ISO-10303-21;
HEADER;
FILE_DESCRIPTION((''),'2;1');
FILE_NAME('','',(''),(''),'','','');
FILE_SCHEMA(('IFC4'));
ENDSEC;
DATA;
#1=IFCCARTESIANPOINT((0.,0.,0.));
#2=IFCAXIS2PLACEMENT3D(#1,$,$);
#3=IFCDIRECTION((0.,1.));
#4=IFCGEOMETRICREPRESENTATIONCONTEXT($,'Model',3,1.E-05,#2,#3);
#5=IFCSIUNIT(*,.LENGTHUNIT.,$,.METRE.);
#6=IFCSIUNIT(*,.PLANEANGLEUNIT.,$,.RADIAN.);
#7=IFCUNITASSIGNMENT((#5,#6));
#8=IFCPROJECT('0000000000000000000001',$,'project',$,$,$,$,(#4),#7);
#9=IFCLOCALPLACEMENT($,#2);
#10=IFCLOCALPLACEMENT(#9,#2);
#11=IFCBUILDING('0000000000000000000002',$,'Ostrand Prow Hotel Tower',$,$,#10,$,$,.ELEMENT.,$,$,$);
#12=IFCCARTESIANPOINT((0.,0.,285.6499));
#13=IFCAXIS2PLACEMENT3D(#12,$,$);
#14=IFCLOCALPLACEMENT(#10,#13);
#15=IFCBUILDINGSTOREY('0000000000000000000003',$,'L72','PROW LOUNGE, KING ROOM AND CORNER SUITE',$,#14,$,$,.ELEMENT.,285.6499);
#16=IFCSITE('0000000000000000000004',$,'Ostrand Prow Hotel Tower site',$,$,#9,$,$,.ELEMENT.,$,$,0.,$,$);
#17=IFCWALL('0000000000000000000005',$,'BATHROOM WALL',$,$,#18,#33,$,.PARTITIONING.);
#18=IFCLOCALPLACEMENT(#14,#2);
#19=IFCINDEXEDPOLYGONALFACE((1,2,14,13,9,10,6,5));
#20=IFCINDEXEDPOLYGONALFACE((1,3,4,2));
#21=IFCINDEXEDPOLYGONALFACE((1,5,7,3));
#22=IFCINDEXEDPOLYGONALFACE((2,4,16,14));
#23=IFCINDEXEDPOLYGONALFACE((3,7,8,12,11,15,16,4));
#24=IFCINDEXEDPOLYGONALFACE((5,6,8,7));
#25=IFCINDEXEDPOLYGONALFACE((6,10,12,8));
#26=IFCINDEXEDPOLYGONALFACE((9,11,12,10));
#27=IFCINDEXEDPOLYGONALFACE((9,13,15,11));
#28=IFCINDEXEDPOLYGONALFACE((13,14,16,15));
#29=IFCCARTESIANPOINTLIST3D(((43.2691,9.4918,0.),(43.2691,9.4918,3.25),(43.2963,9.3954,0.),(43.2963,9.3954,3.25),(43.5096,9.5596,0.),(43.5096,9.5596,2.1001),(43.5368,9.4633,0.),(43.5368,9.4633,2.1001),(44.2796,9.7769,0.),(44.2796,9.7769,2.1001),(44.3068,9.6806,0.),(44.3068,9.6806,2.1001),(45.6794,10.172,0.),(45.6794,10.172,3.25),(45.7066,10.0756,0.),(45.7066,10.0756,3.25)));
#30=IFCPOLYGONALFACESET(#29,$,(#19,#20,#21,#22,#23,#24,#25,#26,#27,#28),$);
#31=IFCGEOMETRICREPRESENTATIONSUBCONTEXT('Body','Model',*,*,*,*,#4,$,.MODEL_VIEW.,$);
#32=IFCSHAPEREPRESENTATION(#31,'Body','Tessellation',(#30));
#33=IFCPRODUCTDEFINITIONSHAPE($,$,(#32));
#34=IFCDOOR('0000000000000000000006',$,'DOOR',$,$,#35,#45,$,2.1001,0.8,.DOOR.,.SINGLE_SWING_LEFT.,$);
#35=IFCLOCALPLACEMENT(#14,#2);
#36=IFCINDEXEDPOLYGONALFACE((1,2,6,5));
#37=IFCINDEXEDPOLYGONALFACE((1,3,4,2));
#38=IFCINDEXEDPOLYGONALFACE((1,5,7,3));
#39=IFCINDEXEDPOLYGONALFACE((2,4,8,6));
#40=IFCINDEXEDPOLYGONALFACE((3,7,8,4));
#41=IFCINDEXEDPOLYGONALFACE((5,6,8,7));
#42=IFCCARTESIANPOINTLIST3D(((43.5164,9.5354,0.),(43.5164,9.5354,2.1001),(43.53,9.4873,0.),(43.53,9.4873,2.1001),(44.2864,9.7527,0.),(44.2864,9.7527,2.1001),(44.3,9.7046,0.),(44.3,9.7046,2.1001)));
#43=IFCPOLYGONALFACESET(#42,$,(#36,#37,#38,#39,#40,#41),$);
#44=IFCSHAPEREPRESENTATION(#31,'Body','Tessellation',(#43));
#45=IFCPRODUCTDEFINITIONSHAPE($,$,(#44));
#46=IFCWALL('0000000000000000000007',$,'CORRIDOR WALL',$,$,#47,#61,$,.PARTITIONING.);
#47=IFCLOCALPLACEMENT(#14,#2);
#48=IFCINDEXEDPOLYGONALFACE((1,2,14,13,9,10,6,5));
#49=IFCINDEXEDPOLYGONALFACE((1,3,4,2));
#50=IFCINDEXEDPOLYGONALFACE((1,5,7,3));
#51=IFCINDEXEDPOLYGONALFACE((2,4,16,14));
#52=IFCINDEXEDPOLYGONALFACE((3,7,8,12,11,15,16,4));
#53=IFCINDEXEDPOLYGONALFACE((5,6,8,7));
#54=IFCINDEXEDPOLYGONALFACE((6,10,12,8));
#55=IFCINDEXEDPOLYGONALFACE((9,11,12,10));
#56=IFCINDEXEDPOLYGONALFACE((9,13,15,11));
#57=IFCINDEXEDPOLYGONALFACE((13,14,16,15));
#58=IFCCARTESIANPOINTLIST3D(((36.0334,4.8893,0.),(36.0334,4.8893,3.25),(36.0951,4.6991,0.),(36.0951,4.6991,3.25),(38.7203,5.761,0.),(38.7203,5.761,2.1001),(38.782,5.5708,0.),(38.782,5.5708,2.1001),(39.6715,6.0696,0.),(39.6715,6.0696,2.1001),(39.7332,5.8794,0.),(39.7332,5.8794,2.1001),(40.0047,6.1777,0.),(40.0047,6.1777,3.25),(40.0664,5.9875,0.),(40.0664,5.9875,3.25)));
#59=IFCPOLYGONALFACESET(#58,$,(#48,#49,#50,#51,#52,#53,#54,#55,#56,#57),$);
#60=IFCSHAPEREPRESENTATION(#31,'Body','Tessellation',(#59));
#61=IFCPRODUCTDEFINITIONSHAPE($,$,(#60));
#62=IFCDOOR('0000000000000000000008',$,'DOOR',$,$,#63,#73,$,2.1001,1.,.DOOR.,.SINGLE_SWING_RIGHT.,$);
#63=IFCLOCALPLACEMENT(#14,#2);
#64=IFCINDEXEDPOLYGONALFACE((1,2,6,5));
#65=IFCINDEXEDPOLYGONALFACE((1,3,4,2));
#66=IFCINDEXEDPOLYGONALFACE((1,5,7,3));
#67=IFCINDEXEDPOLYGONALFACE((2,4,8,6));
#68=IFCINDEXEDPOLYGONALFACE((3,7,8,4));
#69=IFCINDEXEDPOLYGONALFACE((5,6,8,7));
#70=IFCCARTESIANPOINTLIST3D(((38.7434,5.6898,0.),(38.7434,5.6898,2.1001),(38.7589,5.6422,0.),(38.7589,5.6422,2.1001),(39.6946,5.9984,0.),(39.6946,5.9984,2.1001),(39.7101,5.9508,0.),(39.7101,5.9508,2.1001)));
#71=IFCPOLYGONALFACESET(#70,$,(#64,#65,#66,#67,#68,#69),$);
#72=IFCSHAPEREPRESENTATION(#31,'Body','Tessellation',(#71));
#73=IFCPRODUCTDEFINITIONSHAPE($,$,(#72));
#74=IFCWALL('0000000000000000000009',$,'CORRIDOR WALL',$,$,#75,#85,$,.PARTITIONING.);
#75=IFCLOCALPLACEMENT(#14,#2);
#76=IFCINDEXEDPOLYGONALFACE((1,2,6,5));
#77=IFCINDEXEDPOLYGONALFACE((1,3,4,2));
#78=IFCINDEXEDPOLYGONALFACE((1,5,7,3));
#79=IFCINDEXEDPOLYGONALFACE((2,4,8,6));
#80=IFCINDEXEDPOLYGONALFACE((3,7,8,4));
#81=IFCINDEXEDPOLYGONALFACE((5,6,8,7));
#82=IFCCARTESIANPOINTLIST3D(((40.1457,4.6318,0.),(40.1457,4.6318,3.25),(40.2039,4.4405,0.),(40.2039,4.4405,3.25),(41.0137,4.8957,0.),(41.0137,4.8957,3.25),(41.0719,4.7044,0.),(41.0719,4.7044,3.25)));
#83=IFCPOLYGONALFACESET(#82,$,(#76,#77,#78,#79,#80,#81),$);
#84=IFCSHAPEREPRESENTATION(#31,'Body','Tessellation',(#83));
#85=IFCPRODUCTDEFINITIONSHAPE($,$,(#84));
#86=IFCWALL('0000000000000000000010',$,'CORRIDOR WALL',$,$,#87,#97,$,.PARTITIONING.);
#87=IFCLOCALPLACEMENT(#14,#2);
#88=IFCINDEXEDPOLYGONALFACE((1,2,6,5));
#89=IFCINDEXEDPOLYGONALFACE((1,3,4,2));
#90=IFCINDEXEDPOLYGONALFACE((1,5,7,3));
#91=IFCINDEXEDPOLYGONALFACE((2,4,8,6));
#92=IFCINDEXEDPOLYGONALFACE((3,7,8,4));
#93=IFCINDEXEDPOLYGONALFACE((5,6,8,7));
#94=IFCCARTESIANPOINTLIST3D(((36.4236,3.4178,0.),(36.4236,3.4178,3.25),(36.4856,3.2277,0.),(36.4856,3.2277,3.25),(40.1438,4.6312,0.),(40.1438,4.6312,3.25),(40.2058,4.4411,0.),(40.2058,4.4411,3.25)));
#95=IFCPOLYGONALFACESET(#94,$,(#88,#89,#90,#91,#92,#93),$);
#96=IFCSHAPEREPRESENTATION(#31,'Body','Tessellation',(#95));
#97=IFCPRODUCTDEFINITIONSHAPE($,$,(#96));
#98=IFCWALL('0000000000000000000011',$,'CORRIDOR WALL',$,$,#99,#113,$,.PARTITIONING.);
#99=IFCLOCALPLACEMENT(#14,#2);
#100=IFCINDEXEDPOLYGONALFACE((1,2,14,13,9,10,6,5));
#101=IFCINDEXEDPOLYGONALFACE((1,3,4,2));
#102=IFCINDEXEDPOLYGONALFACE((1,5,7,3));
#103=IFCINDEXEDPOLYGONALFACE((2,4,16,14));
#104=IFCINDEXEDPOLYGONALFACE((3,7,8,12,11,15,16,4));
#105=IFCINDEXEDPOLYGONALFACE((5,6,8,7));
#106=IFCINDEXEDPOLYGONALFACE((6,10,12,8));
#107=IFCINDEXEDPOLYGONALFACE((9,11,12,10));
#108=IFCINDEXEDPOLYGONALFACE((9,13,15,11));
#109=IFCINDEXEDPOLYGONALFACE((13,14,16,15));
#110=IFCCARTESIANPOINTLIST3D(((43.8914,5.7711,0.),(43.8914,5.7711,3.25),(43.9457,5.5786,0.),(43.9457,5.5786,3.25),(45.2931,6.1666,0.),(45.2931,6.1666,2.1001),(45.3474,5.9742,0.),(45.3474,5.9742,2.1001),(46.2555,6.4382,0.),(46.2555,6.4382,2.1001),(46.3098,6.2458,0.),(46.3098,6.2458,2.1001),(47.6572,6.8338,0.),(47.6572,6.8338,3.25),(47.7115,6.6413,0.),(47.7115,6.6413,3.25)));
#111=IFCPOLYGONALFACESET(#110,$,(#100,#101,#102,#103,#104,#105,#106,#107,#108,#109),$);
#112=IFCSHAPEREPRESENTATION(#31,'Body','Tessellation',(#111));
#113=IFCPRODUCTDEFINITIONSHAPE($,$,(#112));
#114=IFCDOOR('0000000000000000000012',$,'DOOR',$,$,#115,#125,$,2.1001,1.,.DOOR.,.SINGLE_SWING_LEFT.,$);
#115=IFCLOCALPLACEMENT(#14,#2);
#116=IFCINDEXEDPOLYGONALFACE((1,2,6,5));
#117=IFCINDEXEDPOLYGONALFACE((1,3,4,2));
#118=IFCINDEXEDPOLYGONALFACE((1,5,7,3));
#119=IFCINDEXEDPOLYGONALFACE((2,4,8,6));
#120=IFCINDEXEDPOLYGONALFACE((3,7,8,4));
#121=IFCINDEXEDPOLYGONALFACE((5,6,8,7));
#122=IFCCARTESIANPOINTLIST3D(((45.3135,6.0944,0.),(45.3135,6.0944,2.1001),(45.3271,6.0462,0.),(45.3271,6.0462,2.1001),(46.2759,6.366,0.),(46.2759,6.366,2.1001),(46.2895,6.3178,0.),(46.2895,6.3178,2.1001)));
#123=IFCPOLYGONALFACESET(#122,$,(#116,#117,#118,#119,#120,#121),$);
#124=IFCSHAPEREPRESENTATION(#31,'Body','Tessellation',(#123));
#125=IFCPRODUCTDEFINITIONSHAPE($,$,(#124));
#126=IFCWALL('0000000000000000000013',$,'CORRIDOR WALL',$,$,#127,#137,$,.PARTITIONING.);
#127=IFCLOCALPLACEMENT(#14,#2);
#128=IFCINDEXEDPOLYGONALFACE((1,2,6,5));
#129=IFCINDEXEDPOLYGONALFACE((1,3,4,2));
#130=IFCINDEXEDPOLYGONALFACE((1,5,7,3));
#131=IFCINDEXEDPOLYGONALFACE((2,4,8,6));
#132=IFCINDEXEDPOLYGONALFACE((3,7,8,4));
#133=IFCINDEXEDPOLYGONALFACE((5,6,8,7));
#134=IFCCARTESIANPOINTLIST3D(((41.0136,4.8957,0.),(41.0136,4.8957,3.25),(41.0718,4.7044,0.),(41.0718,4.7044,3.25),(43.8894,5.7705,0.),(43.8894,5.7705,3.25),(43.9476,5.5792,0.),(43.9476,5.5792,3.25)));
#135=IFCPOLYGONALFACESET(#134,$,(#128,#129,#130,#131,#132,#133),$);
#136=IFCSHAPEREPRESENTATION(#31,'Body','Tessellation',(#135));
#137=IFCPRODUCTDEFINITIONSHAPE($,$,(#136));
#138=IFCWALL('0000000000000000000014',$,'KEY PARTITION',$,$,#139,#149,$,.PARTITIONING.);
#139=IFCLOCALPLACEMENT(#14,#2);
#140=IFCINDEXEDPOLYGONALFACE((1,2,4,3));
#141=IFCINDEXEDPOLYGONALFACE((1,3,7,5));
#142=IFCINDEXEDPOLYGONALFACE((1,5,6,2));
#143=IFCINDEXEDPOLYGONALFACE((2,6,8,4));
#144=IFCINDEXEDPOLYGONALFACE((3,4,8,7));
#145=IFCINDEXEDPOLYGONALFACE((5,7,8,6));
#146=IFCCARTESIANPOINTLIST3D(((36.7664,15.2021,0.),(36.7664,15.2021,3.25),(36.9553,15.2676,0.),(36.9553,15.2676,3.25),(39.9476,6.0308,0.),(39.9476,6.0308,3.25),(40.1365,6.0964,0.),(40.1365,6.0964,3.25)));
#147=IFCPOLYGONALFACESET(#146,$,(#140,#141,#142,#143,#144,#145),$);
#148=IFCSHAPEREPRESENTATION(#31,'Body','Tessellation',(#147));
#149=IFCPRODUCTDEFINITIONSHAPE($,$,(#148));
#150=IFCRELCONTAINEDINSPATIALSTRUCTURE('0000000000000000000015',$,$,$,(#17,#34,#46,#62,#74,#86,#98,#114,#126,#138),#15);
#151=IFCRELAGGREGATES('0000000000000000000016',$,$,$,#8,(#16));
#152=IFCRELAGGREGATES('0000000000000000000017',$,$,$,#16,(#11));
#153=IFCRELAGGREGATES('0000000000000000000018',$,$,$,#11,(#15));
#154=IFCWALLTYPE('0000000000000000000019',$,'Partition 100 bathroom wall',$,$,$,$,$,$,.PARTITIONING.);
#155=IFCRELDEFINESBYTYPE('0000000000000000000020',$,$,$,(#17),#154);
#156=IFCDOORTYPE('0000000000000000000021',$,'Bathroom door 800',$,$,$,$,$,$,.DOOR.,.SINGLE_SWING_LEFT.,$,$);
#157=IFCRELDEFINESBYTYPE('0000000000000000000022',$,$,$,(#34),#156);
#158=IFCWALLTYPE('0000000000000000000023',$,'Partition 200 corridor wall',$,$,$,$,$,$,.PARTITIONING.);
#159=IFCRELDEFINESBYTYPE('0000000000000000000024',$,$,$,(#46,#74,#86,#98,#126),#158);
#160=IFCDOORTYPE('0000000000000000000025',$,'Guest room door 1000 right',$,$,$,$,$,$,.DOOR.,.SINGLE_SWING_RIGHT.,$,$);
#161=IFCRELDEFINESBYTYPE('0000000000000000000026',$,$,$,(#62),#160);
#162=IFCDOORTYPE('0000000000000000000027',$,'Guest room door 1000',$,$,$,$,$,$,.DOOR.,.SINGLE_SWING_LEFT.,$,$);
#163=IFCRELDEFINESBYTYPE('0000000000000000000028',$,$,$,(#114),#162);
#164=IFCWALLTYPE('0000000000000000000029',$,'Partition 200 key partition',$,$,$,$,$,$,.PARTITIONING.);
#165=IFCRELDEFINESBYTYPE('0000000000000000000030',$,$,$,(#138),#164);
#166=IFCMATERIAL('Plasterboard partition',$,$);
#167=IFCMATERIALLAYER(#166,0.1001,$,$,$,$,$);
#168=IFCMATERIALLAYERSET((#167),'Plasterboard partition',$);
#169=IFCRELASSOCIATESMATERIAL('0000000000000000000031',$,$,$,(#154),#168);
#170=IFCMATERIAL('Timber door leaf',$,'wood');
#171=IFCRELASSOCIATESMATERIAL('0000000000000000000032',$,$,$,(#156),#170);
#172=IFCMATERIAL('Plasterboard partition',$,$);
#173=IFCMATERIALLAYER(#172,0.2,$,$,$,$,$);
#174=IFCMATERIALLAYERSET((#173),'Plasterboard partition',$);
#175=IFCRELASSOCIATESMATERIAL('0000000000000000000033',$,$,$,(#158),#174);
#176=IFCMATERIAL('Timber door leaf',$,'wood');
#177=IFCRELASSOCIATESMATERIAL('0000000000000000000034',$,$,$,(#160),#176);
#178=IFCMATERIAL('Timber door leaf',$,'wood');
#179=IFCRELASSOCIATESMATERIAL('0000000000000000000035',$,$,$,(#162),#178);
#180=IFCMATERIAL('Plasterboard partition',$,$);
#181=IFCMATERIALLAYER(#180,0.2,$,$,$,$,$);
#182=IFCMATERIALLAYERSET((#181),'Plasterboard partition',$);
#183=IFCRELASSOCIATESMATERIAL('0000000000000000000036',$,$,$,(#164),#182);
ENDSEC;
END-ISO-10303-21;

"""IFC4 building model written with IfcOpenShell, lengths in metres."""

from ifc_helpers import new_model, si_unit, direction, frame, frame_2d, origin, place, context, subcontext, project, spatial, rectangle, extrude, material, layer, layer_set, type_object, element, fill, save


model = new_model("IFC4")

# Units and contexts
model_context = context("Model", 3, precision=1e-05, world=origin(), true_north=direction((0.0, 1.0)))
body_context = subcontext(model_context, "Body", "Model", "MODEL_VIEW")
ifc_project = project(units=[si_unit("LENGTHUNIT", "METRE"), si_unit("PLANEANGLEUNIT", "RADIAN")], contexts=[model_context])

# Site, building, storey
site_placement = place(None, origin())
site = spatial("IfcSite", under=ifc_project, at=site_placement, Name="Ostrand Prow Hotel Tower site", CompositionType="ELEMENT", RefElevation=0.0)
building_placement = place(site_placement, origin())
building = spatial("IfcBuilding", under=site, at=building_placement, Name="Ostrand Prow Hotel Tower", CompositionType="ELEMENT")
storey_placement = place(building_placement, frame((0.0, 0.0, 285.6499)))
storey = spatial("IfcBuildingStorey", under=building, at=storey_placement, Name="L72", Description="PROW LOUNGE, KING ROOM AND CORNER SUITE", CompositionType="ELEMENT", Elevation=285.6499)

# Shared definitions
ifc_material_1 = material(Name="Plasterboard partition")
ifc_layer_1 = layer(ifc_material_1, 0.1001)
ifc_layer_set_1 = layer_set([ifc_layer_1], Name="Plasterboard partition")
wall_type_1 = type_object("IfcWallType", Name="Partition 100 bathroom wall", PredefinedType="PARTITIONING", material=ifc_layer_set_1)

# Shared definitions
ifc_material_2 = material(Name="Timber door leaf", Category="wood")
door_type_1 = type_object("IfcDoorType", Name="Bathroom door 800", OperationType="SINGLE_SWING_LEFT", PredefinedType="DOOR", material=ifc_material_2)

# Walls, openings, doors
wall_1_placement = place(storey_placement, frame((43.2827, 9.4436, 0.0), z_axis=(0.0, 0.0, 1.0), x_axis=(0.962409, 0.271604, 0.0)))
wall_1 = element("IfcWall", 1, at=wall_1_placement, inside=storey, type_object=wall_type_1, Name="BATHROOM WALL", PredefinedType="PARTITIONING", context=body_context, shape_type="SweptSolid", body=[
    extrude(rectangle(XDim=2.5044, YDim=0.1001, at=frame_2d((1.2522, 0.0))), origin(), (0.0, 0.0, 1.0), 3.25),
])
opening_1_placement = place(wall_1_placement, frame((0.25, 0.0, 0.0)))
opening_1 = element("IfcOpeningElement", 2, at=opening_1_placement, cuts=wall_1, PredefinedType="OPENING", context=body_context, shape_type="SweptSolid", body=[
    extrude(rectangle(XDim=0.8, YDim=2.1001, at=frame_2d((0.3999, 1.05))), frame((0.0, 0.0601, 0.0), z_axis=(0.0, -1.0, 0.0), x_axis=(1.0, 0.0, 0.0)), (0.0, 0.0, 1.0), 0.1201),
])
door_1_placement = place(opening_1_placement, origin())
door_1 = element("IfcDoor", 3, at=door_1_placement, inside=storey, type_object=door_type_1, Name="DOOR", OperationType="SINGLE_SWING_LEFT", OverallHeight=2.1001, OverallWidth=0.8, PredefinedType="DOOR", context=body_context, shape_type="SweptSolid", body=[
    extrude(rectangle(XDim=0.8, YDim=2.1001, at=frame_2d((0.3999, 1.05))), frame((0.0, 0.0249, 0.0), z_axis=(0.0, -1.0, 0.0), x_axis=(1.0, 0.0, 0.0)), (0.0, 0.0, 1.0), 0.05),
])
fill(opening_1, door_1)
ifc_material_3 = material(Name="Plasterboard partition")
ifc_layer_2 = layer(ifc_material_3, 0.2)
ifc_layer_set_2 = layer_set([ifc_layer_2], Name="Plasterboard partition")
wall_type_2 = type_object("IfcWallType", Name="Partition 200 corridor wall", PredefinedType="PARTITIONING", material=ifc_layer_set_2)
wall_2_placement = place(storey_placement, frame((40.0354, 6.0825, 0.0), z_axis=(0.0, 0.0, 1.0), x_axis=(-0.951196, -0.308586, 0.0)))
wall_2 = element("IfcWall", 4, at=wall_2_placement, inside=storey, type_object=wall_type_2, Name="CORRIDOR WALL", PredefinedType="PARTITIONING", context=body_context, shape_type="SweptSolid", body=[
    extrude(rectangle(XDim=4.175, YDim=0.2, at=frame_2d((2.0874, 0.0))), origin(), (0.0, 0.0, 1.0), 3.25),
])
opening_2_placement = place(wall_2_placement, frame((0.3501, 0.0, 0.0)))
opening_2 = element("IfcOpeningElement", 5, at=opening_2_placement, cuts=wall_2, PredefinedType="OPENING", context=body_context, shape_type="SweptSolid", body=[
    extrude(rectangle(XDim=1.0, YDim=2.1001, at=frame_2d((0.5, 1.05))), frame((0.0, 0.1099, 0.0), z_axis=(0.0, -1.0, 0.0), x_axis=(1.0, 0.0, 0.0)), (0.0, 0.0, 1.0), 0.22),
])
ifc_material_4 = material(Name="Timber door leaf", Category="wood")
door_type_2 = type_object("IfcDoorType", Name="Guest room door 1000 right", OperationType="SINGLE_SWING_RIGHT", PredefinedType="DOOR", material=ifc_material_4)
door_2_placement = place(opening_2_placement, origin())
door_2 = element("IfcDoor", 6, at=door_2_placement, inside=storey, type_object=door_type_2, Name="DOOR", OperationType="SINGLE_SWING_RIGHT", OverallHeight=2.1001, OverallWidth=1.0, PredefinedType="DOOR", context=body_context, shape_type="SweptSolid", body=[
    extrude(rectangle(XDim=1.0, YDim=2.1001, at=frame_2d((0.5, 1.05))), frame((0.0, 0.0249, 0.0), z_axis=(0.0, -1.0, 0.0), x_axis=(1.0, 0.0, 0.0)), (0.0, 0.0, 1.0), 0.05),
])
fill(opening_2, door_2)

# Walls
wall_3_placement = place(storey_placement, frame((40.1748, 4.5361, 0.0), z_axis=(0.0, 0.0, 1.0), x_axis=(0.956746, 0.290926, 0.0)))
element("IfcWall", 7, at=wall_3_placement, inside=storey, type_object=wall_type_2, Name="CORRIDOR WALL", PredefinedType="PARTITIONING", context=body_context, shape_type="SweptSolid", body=[
    extrude(rectangle(XDim=0.9072, YDim=0.2, at=frame_2d((0.4536, 0.0))), origin(), (0.0, 0.0, 1.0), 3.25),
])
wall_4_placement = place(storey_placement, frame((36.4546, 3.3228, 0.0), z_axis=(0.0, 0.0, 1.0), x_axis=(0.95071, 0.310082, 0.0)))
element("IfcWall", 8, at=wall_4_placement, inside=storey, type_object=wall_type_2, Name="CORRIDOR WALL", PredefinedType="PARTITIONING", context=body_context, shape_type="SweptSolid", body=[
    extrude(rectangle(XDim=3.9131, YDim=0.2, at=frame_2d((1.9565, 0.0))), origin(), (0.0, 0.0, 1.0), 3.25),
])

# Wall, opening, door
wall_5_placement = place(storey_placement, frame((43.9185, 5.6748, 0.0), z_axis=(0.0, 0.0, 1.0), x_axis=(0.962411, 0.271596, 0.0)))
wall_5 = element("IfcWall", 9, at=wall_5_placement, inside=storey, type_object=wall_type_2, Name="CORRIDOR WALL", PredefinedType="PARTITIONING", context=body_context, shape_type="SweptSolid", body=[
    extrude(rectangle(XDim=3.9128, YDim=0.2, at=frame_2d((1.9565, 0.0))), origin(), (0.0, 0.0, 1.0), 3.25),
])
opening_3_placement = place(wall_5_placement, frame((1.4565, 0.0, 0.0)))
opening_3 = element("IfcOpeningElement", 10, at=opening_3_placement, cuts=wall_5, PredefinedType="OPENING", context=body_context, shape_type="SweptSolid", body=[
    extrude(rectangle(XDim=1.0, YDim=2.1001, at=frame_2d((0.5, 1.05))), frame((0.0, 0.1099, 0.0), z_axis=(0.0, -1.0, 0.0), x_axis=(1.0, 0.0, 0.0)), (0.0, 0.0, 1.0), 0.22),
])
ifc_material_5 = material(Name="Timber door leaf", Category="wood")
door_type_3 = type_object("IfcDoorType", Name="Guest room door 1000", OperationType="SINGLE_SWING_LEFT", PredefinedType="DOOR", material=ifc_material_5)
door_3_placement = place(opening_3_placement, origin())
door_3 = element("IfcDoor", 11, at=door_3_placement, inside=storey, type_object=door_type_3, Name="DOOR", OperationType="SINGLE_SWING_LEFT", OverallHeight=2.1001, OverallWidth=1.0, PredefinedType="DOOR", context=body_context, shape_type="SweptSolid", body=[
    extrude(rectangle(XDim=1.0, YDim=2.1001, at=frame_2d((0.5, 1.05))), frame((0.0, 0.0249, 0.0), z_axis=(0.0, -1.0, 0.0), x_axis=(1.0, 0.0, 0.0)), (0.0, 0.0, 1.0), 0.05),
])
fill(opening_3, door_3)

# Walls
wall_6_placement = place(storey_placement, frame((41.0427, 4.8, 0.0), z_axis=(0.0, 0.0, 1.0), x_axis=(0.956717, 0.291019, 0.0)))
element("IfcWall", 12, at=wall_6_placement, inside=storey, type_object=wall_type_2, Name="CORRIDOR WALL", PredefinedType="PARTITIONING", context=body_context, shape_type="SweptSolid", body=[
    extrude(rectangle(XDim=3.0059, YDim=0.2, at=frame_2d((1.5029, 0.0))), origin(), (0.0, 0.0, 1.0), 3.25),
])
ifc_material_6 = material(Name="Plasterboard partition")
ifc_layer_3 = layer(ifc_material_6, 0.2)
ifc_layer_set_3 = layer_set([ifc_layer_3], Name="Plasterboard partition")
wall_type_3 = type_object("IfcWallType", Name="Partition 200 key partition", PredefinedType="PARTITIONING", material=ifc_layer_set_3)
wall_7_placement = place(storey_placement, frame((40.042, 6.0637, 0.0), z_axis=(0.0, 0.0, 1.0), x_axis=(-0.327711, 0.944778, 0.0)))
element("IfcWall", 13, at=wall_7_placement, inside=storey, type_object=wall_type_3, Name="KEY PARTITION", PredefinedType="PARTITIONING", context=body_context, shape_type="SweptSolid", body=[
    extrude(rectangle(XDim=9.7073, YDim=0.2, at=frame_2d((4.8535, 0.0))), origin(), (0.0, 0.0, 1.0), 3.25),
])

save(model, "model.ifc")
